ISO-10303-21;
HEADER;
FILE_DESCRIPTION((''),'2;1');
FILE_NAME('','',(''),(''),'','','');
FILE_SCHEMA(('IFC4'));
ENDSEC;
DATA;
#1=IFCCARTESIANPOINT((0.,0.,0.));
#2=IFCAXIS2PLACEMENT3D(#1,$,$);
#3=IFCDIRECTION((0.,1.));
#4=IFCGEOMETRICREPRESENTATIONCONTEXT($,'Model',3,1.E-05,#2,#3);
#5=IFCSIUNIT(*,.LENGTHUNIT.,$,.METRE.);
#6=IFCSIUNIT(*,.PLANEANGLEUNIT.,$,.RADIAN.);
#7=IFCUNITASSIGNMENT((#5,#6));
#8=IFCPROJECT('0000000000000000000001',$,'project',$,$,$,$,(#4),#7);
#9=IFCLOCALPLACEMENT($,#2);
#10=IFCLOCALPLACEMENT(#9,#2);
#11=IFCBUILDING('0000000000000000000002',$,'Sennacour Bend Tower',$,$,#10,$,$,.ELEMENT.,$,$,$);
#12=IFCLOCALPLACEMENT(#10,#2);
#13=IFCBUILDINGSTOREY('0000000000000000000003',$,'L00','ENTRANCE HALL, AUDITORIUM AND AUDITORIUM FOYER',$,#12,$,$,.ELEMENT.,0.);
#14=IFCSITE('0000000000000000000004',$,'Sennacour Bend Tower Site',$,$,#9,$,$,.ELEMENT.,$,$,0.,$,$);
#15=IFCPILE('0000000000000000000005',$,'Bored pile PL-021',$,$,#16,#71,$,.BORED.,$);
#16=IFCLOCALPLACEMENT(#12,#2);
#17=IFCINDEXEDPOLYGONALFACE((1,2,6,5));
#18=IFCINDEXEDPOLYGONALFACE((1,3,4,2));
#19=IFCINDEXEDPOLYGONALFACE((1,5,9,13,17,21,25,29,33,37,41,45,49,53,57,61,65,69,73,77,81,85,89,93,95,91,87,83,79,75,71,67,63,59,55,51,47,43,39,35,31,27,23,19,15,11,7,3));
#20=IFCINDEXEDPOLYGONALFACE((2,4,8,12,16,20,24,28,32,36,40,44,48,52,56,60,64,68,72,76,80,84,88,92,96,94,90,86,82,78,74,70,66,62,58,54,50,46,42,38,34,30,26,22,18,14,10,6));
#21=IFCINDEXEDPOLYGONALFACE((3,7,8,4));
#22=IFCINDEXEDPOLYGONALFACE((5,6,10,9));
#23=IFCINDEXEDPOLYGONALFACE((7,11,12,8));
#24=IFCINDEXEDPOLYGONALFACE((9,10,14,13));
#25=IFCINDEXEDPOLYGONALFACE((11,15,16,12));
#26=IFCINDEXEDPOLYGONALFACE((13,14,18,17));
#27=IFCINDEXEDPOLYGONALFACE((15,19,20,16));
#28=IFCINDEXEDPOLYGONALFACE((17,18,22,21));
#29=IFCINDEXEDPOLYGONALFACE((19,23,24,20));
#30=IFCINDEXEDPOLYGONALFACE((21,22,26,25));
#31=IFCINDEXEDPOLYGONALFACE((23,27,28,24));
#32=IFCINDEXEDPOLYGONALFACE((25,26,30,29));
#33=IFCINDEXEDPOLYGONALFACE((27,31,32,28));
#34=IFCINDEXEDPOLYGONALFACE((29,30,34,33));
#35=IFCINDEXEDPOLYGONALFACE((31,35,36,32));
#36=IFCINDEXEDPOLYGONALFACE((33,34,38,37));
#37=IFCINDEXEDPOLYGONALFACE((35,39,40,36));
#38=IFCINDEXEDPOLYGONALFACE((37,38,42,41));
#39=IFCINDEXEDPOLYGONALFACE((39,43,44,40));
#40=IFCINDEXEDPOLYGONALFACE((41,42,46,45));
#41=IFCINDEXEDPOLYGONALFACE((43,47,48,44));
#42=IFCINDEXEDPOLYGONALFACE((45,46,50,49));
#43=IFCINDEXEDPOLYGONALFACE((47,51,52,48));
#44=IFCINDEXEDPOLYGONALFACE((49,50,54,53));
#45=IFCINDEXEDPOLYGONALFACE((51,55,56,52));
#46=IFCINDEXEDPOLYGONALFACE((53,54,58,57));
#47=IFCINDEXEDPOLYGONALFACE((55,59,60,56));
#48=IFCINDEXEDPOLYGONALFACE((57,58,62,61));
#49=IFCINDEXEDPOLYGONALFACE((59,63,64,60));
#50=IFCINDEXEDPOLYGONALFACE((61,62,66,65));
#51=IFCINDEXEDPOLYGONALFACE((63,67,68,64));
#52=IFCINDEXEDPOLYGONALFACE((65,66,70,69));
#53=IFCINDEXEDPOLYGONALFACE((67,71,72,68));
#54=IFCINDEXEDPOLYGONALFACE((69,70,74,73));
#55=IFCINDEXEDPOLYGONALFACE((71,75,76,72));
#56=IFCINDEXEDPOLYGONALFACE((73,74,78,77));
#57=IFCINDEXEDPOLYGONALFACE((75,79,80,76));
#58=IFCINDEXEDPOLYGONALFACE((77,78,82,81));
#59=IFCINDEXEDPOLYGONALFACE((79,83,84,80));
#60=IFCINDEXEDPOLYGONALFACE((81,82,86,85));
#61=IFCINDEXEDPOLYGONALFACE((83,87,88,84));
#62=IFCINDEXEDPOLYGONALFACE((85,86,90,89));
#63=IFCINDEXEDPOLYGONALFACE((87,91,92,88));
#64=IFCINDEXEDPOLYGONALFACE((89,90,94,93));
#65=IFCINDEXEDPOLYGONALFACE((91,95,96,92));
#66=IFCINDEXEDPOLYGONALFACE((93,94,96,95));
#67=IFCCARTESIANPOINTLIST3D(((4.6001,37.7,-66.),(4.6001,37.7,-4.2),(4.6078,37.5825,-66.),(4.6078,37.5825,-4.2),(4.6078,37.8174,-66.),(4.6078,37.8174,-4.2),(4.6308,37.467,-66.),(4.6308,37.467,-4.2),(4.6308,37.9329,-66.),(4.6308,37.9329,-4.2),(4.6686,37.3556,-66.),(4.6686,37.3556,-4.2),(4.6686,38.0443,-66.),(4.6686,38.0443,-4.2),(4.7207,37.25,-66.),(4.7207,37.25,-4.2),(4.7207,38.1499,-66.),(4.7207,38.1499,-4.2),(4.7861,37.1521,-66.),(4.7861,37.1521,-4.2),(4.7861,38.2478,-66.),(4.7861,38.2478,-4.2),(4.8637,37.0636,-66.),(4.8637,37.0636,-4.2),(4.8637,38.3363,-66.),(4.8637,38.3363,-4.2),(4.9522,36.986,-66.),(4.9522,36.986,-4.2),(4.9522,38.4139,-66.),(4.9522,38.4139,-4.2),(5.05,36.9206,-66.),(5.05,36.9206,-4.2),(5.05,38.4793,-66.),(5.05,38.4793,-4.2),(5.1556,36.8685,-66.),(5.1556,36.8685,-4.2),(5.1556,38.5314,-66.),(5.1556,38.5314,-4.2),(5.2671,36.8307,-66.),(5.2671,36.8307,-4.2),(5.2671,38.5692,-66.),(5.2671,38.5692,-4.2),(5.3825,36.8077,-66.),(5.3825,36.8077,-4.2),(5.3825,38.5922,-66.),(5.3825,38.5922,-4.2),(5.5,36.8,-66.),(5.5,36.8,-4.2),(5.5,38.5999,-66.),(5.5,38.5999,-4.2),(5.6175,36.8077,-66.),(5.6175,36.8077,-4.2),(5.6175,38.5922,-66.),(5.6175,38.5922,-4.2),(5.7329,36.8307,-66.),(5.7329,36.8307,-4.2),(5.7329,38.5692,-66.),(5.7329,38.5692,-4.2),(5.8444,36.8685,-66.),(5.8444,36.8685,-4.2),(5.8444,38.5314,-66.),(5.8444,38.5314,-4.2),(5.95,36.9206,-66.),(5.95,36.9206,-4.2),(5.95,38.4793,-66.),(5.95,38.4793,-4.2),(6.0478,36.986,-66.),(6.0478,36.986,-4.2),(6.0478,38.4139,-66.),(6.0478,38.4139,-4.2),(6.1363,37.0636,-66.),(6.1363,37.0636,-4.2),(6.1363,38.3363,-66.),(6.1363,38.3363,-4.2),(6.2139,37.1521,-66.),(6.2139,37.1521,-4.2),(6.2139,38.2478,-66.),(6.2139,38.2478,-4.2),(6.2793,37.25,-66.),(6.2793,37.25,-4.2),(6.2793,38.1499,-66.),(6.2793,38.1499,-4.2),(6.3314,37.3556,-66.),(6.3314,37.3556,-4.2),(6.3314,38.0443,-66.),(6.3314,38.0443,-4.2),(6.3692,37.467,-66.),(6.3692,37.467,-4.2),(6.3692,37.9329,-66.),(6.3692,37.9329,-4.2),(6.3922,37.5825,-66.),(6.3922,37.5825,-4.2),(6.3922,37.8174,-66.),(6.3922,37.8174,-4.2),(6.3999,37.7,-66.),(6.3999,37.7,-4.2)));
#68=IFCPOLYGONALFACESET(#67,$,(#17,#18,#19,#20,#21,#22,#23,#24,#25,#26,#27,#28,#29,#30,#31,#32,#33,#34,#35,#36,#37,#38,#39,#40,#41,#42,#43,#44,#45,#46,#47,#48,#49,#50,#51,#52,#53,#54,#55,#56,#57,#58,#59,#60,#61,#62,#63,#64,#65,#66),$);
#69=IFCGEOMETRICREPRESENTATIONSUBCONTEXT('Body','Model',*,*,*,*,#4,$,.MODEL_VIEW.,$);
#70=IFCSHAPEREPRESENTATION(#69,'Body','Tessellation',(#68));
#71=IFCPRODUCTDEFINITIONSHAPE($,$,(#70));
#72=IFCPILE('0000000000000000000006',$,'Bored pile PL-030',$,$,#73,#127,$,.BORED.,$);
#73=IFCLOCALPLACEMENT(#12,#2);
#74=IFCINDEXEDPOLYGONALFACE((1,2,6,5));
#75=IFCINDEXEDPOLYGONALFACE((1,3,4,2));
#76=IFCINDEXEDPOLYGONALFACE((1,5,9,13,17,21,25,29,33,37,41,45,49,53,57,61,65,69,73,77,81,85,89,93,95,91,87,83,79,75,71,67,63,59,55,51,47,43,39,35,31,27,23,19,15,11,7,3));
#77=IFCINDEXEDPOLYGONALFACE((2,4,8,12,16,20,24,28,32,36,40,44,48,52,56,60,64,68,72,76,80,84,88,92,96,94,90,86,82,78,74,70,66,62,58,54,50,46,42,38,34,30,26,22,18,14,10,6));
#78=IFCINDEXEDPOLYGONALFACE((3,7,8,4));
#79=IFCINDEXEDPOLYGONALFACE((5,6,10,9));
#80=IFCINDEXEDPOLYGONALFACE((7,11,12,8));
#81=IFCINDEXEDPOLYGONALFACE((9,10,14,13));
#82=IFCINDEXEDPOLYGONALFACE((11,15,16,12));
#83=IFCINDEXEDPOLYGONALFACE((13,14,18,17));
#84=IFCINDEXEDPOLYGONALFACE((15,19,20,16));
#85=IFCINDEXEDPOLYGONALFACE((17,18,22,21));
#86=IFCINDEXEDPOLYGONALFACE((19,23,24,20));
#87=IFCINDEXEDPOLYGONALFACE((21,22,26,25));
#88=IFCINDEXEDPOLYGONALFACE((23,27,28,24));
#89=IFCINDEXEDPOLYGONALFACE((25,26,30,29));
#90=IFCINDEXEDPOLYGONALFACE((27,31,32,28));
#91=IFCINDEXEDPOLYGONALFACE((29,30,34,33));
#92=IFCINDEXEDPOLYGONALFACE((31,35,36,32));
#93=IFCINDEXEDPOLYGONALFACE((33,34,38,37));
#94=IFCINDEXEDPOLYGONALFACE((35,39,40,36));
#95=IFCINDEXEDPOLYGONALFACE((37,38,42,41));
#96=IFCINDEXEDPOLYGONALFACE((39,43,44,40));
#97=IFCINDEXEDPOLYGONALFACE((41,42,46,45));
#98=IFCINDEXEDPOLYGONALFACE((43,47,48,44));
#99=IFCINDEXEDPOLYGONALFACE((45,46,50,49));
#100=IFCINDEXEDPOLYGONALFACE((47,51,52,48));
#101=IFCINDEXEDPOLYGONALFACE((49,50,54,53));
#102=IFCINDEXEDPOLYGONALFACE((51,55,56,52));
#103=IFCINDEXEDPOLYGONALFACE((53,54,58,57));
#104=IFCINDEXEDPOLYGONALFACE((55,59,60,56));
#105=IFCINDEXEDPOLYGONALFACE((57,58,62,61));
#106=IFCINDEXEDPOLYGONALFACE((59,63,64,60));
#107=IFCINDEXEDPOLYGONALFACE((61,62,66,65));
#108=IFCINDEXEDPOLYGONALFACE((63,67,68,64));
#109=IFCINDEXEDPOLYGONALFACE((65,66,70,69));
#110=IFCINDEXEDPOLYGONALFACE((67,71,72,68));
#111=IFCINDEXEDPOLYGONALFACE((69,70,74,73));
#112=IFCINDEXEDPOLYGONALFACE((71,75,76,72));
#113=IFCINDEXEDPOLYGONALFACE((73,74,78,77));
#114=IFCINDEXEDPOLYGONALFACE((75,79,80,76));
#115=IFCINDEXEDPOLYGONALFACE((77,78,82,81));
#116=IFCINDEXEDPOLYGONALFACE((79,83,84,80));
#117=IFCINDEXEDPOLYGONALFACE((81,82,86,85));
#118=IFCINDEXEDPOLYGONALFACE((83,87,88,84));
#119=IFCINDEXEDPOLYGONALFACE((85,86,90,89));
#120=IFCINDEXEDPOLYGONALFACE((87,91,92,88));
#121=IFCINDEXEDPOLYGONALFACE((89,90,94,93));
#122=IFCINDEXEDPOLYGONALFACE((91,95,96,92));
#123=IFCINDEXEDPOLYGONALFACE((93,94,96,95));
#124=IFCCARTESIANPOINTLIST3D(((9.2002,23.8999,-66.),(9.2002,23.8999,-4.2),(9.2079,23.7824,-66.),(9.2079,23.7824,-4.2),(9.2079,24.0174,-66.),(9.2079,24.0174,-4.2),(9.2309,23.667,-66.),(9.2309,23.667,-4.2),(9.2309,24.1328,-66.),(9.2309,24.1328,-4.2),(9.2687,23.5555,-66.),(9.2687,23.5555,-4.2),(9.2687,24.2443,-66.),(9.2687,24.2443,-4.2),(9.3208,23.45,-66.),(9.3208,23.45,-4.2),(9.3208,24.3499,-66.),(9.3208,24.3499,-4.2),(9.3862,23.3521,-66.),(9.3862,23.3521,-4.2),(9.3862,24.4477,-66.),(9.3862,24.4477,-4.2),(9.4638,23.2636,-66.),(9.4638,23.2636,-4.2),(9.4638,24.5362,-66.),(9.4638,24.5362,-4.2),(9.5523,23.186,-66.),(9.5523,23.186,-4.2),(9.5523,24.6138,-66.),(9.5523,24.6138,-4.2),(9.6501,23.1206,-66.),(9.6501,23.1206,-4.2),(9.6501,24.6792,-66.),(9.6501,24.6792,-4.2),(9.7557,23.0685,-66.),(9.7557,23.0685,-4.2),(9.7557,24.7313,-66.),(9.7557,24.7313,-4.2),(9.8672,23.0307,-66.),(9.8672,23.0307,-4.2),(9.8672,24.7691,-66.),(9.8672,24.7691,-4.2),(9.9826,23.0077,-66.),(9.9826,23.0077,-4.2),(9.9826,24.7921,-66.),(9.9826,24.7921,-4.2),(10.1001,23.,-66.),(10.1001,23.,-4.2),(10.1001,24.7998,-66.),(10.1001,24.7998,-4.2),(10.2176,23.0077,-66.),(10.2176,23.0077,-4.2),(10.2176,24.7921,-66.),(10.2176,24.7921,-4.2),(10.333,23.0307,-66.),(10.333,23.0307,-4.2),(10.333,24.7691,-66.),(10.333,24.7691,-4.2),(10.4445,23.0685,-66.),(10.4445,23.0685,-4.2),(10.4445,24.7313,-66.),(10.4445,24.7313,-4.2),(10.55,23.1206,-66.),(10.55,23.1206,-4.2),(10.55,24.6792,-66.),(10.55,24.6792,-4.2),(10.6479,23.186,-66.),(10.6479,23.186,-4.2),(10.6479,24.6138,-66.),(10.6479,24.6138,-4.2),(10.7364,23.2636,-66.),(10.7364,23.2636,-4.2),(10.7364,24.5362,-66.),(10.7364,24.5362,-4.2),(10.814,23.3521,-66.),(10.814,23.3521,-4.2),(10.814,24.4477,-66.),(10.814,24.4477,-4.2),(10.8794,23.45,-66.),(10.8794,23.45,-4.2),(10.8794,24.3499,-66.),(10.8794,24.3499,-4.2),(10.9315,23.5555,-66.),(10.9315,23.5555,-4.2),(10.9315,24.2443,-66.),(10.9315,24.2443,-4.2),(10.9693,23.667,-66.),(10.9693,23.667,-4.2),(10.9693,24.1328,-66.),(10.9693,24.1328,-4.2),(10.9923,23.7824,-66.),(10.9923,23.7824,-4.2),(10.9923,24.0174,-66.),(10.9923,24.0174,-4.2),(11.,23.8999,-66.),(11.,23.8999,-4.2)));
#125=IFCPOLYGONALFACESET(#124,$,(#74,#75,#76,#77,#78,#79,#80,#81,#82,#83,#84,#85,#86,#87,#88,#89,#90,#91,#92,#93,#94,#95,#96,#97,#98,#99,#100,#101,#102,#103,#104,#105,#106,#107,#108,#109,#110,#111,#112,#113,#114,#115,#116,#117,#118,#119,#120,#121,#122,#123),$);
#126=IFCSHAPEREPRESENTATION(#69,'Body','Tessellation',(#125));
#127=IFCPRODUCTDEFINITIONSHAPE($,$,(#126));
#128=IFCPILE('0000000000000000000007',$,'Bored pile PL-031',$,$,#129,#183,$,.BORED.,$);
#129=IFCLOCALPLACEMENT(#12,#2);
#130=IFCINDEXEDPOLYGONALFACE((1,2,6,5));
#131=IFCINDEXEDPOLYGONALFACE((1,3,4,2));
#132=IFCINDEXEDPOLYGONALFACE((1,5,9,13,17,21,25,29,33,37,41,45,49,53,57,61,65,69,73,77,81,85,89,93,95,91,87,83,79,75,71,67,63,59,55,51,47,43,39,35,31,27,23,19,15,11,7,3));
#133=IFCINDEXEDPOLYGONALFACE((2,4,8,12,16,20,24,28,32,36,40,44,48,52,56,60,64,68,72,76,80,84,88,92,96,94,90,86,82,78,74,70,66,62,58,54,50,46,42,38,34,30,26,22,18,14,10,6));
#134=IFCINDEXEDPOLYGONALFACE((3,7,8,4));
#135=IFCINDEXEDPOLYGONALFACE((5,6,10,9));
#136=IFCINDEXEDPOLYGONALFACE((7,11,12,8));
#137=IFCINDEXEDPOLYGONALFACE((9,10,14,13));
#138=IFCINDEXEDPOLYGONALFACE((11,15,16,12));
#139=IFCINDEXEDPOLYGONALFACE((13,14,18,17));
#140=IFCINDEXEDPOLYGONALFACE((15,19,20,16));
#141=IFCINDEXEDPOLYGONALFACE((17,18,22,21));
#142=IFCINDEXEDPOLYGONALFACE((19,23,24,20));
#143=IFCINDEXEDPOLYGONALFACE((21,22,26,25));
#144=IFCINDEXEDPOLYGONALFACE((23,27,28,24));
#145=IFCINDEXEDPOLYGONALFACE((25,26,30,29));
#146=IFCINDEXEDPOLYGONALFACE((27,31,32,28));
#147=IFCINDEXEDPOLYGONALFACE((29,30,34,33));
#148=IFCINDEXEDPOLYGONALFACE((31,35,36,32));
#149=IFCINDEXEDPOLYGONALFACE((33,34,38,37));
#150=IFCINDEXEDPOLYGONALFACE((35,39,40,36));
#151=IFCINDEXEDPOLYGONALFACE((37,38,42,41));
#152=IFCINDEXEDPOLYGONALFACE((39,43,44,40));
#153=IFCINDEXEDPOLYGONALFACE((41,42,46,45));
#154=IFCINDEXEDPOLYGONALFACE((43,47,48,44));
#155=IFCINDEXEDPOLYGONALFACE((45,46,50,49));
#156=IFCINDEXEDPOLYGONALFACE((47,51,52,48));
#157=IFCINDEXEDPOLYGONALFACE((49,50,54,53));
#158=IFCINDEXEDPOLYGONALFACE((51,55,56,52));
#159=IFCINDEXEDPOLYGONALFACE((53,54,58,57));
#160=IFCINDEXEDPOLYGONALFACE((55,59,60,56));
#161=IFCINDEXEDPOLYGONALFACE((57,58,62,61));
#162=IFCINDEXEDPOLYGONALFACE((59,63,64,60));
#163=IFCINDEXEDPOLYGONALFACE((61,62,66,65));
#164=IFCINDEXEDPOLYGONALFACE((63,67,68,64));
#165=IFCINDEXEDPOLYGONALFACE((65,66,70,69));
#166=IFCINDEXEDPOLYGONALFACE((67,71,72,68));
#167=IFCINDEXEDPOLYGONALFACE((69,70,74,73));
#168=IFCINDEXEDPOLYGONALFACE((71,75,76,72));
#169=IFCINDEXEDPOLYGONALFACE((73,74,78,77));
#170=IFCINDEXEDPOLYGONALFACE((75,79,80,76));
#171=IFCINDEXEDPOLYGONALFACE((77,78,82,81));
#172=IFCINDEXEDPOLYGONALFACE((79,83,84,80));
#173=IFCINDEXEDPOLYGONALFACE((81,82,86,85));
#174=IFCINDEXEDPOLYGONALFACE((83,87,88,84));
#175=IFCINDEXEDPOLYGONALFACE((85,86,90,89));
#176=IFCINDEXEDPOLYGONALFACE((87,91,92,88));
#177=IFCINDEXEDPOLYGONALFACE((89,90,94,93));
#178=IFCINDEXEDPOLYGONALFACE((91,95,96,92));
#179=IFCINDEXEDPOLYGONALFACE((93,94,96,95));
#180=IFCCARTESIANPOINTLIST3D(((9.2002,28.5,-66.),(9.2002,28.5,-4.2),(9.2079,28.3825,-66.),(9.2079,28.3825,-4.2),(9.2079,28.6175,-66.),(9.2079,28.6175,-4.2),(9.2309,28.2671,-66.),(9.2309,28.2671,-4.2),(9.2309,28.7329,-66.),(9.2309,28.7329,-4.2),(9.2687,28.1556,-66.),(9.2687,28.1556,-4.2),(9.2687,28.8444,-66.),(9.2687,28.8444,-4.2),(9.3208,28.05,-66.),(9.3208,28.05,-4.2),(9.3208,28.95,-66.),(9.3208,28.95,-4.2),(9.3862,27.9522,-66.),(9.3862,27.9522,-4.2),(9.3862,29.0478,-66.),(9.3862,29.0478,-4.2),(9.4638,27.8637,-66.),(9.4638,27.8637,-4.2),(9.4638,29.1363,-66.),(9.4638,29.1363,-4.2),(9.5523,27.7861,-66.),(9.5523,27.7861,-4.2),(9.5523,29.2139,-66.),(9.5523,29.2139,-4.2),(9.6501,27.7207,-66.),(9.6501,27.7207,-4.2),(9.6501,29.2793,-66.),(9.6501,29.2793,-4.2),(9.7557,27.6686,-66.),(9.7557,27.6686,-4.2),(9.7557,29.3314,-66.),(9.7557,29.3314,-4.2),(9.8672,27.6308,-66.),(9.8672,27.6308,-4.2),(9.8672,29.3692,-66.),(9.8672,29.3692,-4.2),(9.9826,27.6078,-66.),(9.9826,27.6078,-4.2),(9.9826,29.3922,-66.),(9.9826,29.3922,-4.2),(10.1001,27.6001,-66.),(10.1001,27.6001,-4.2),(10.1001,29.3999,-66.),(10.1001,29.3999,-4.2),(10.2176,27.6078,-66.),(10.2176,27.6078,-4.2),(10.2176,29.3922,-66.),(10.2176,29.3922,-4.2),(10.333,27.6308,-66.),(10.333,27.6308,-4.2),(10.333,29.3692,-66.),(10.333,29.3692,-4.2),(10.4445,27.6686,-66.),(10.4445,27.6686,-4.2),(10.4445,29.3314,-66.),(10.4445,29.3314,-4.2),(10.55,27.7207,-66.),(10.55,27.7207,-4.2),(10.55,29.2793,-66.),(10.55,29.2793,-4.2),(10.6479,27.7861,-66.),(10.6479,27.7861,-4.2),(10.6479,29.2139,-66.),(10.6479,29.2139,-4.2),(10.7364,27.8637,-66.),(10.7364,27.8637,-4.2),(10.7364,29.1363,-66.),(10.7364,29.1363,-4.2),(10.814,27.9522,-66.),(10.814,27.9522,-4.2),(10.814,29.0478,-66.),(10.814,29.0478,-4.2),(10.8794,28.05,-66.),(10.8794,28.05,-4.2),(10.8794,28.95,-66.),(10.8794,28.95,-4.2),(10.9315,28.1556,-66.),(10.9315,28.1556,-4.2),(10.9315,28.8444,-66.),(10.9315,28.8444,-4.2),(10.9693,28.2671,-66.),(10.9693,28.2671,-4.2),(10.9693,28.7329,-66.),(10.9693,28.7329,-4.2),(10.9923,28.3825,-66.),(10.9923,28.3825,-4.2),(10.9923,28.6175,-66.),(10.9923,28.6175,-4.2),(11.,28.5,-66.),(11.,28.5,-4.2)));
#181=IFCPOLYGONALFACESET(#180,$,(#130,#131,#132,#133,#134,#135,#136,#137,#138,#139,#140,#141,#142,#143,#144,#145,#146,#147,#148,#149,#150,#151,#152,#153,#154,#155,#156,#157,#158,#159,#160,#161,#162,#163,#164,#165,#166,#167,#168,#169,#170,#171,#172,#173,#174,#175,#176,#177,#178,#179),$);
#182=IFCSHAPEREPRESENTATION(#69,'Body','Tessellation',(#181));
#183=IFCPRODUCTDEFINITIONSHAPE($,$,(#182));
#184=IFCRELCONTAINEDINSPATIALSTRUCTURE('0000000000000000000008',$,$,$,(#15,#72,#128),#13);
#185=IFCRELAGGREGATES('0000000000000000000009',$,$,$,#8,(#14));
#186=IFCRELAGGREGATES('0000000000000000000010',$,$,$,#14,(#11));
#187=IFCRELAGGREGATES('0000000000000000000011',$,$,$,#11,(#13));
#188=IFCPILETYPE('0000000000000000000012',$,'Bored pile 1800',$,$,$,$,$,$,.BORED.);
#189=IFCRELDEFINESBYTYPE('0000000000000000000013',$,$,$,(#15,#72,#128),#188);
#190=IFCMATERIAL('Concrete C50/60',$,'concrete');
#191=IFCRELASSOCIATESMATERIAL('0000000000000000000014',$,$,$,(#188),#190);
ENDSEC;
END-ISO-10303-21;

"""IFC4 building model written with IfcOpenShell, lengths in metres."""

from ifc_helpers import new_model, si_unit, direction, frame, origin, origin_2d, place, context, subcontext, project, spatial, circle, extrude, material, material_profile, profile_set, type_object, element, save


model = new_model("IFC4")

# Units and contexts
model_context = context("Model", 3, precision=1e-05, world=origin(), true_north=direction((0.0, 1.0)))
body_context = subcontext(model_context, "Body", "Model", "MODEL_VIEW")
ifc_project = project(units=[si_unit("LENGTHUNIT", "METRE"), si_unit("PLANEANGLEUNIT", "RADIAN")], contexts=[model_context])

# Site, building, storey
site_placement = place(None, origin())
site = spatial("IfcSite", under=ifc_project, at=site_placement, Name="Sennacour Bend Tower Site", CompositionType="ELEMENT", RefElevation=0.0)
building_placement = place(site_placement, origin())
building = spatial("IfcBuilding", under=site, at=building_placement, Name="Sennacour Bend Tower", CompositionType="ELEMENT")
storey_placement = place(building_placement, origin())
storey = spatial("IfcBuildingStorey", under=building, at=storey_placement, Name="L00", Description="ENTRANCE HALL, AUDITORIUM AND AUDITORIUM FOYER", CompositionType="ELEMENT", Elevation=0.0)

# Piles
ifc_material_1 = material(Name="Concrete C50/60", Category="concrete")
ifc_material_profile_1 = material_profile(ifc_material_1, circle(Radius=0.8999, at=origin_2d()), Name="Concrete C50/60", Category="concrete")
ifc_profile_set_1 = profile_set([ifc_material_profile_1], Name="Concrete C50/60")
pile_type = type_object("IfcPileType", Name="Bored pile 1800", PredefinedType="BORED", material=ifc_profile_set_1)
for number, where, z_axis, x_axis, name in (
    (1, (5.5, 37.7, -4.2), (0.0, 0.0, -1.0), (1.0, 0.0, 0.0), "Bored pile PL-021"),
    (2, (10.1001, 23.8999, -4.2), (0.0, 0.0, -1.0), (1.0, 0.0, 0.0), "Bored pile PL-030"),
    (3, (10.1001, 28.5, -4.2), (0.0, 0.0, -1.0), (1.0, 0.0, 0.0), "Bored pile PL-031"),
):
    element("IfcPile", number, at=place(storey_placement, frame(where, z_axis=z_axis, x_axis=x_axis)), inside=storey, type_object=pile_type, Name=name, PredefinedType="BORED", context=body_context, shape_type="SweptSolid", body=[
        extrude(circle(Radius=0.8999, at=origin_2d()), origin(), (0.0, 0.0, 1.0), 61.8),
    ])

save(model, "model.ifc")
